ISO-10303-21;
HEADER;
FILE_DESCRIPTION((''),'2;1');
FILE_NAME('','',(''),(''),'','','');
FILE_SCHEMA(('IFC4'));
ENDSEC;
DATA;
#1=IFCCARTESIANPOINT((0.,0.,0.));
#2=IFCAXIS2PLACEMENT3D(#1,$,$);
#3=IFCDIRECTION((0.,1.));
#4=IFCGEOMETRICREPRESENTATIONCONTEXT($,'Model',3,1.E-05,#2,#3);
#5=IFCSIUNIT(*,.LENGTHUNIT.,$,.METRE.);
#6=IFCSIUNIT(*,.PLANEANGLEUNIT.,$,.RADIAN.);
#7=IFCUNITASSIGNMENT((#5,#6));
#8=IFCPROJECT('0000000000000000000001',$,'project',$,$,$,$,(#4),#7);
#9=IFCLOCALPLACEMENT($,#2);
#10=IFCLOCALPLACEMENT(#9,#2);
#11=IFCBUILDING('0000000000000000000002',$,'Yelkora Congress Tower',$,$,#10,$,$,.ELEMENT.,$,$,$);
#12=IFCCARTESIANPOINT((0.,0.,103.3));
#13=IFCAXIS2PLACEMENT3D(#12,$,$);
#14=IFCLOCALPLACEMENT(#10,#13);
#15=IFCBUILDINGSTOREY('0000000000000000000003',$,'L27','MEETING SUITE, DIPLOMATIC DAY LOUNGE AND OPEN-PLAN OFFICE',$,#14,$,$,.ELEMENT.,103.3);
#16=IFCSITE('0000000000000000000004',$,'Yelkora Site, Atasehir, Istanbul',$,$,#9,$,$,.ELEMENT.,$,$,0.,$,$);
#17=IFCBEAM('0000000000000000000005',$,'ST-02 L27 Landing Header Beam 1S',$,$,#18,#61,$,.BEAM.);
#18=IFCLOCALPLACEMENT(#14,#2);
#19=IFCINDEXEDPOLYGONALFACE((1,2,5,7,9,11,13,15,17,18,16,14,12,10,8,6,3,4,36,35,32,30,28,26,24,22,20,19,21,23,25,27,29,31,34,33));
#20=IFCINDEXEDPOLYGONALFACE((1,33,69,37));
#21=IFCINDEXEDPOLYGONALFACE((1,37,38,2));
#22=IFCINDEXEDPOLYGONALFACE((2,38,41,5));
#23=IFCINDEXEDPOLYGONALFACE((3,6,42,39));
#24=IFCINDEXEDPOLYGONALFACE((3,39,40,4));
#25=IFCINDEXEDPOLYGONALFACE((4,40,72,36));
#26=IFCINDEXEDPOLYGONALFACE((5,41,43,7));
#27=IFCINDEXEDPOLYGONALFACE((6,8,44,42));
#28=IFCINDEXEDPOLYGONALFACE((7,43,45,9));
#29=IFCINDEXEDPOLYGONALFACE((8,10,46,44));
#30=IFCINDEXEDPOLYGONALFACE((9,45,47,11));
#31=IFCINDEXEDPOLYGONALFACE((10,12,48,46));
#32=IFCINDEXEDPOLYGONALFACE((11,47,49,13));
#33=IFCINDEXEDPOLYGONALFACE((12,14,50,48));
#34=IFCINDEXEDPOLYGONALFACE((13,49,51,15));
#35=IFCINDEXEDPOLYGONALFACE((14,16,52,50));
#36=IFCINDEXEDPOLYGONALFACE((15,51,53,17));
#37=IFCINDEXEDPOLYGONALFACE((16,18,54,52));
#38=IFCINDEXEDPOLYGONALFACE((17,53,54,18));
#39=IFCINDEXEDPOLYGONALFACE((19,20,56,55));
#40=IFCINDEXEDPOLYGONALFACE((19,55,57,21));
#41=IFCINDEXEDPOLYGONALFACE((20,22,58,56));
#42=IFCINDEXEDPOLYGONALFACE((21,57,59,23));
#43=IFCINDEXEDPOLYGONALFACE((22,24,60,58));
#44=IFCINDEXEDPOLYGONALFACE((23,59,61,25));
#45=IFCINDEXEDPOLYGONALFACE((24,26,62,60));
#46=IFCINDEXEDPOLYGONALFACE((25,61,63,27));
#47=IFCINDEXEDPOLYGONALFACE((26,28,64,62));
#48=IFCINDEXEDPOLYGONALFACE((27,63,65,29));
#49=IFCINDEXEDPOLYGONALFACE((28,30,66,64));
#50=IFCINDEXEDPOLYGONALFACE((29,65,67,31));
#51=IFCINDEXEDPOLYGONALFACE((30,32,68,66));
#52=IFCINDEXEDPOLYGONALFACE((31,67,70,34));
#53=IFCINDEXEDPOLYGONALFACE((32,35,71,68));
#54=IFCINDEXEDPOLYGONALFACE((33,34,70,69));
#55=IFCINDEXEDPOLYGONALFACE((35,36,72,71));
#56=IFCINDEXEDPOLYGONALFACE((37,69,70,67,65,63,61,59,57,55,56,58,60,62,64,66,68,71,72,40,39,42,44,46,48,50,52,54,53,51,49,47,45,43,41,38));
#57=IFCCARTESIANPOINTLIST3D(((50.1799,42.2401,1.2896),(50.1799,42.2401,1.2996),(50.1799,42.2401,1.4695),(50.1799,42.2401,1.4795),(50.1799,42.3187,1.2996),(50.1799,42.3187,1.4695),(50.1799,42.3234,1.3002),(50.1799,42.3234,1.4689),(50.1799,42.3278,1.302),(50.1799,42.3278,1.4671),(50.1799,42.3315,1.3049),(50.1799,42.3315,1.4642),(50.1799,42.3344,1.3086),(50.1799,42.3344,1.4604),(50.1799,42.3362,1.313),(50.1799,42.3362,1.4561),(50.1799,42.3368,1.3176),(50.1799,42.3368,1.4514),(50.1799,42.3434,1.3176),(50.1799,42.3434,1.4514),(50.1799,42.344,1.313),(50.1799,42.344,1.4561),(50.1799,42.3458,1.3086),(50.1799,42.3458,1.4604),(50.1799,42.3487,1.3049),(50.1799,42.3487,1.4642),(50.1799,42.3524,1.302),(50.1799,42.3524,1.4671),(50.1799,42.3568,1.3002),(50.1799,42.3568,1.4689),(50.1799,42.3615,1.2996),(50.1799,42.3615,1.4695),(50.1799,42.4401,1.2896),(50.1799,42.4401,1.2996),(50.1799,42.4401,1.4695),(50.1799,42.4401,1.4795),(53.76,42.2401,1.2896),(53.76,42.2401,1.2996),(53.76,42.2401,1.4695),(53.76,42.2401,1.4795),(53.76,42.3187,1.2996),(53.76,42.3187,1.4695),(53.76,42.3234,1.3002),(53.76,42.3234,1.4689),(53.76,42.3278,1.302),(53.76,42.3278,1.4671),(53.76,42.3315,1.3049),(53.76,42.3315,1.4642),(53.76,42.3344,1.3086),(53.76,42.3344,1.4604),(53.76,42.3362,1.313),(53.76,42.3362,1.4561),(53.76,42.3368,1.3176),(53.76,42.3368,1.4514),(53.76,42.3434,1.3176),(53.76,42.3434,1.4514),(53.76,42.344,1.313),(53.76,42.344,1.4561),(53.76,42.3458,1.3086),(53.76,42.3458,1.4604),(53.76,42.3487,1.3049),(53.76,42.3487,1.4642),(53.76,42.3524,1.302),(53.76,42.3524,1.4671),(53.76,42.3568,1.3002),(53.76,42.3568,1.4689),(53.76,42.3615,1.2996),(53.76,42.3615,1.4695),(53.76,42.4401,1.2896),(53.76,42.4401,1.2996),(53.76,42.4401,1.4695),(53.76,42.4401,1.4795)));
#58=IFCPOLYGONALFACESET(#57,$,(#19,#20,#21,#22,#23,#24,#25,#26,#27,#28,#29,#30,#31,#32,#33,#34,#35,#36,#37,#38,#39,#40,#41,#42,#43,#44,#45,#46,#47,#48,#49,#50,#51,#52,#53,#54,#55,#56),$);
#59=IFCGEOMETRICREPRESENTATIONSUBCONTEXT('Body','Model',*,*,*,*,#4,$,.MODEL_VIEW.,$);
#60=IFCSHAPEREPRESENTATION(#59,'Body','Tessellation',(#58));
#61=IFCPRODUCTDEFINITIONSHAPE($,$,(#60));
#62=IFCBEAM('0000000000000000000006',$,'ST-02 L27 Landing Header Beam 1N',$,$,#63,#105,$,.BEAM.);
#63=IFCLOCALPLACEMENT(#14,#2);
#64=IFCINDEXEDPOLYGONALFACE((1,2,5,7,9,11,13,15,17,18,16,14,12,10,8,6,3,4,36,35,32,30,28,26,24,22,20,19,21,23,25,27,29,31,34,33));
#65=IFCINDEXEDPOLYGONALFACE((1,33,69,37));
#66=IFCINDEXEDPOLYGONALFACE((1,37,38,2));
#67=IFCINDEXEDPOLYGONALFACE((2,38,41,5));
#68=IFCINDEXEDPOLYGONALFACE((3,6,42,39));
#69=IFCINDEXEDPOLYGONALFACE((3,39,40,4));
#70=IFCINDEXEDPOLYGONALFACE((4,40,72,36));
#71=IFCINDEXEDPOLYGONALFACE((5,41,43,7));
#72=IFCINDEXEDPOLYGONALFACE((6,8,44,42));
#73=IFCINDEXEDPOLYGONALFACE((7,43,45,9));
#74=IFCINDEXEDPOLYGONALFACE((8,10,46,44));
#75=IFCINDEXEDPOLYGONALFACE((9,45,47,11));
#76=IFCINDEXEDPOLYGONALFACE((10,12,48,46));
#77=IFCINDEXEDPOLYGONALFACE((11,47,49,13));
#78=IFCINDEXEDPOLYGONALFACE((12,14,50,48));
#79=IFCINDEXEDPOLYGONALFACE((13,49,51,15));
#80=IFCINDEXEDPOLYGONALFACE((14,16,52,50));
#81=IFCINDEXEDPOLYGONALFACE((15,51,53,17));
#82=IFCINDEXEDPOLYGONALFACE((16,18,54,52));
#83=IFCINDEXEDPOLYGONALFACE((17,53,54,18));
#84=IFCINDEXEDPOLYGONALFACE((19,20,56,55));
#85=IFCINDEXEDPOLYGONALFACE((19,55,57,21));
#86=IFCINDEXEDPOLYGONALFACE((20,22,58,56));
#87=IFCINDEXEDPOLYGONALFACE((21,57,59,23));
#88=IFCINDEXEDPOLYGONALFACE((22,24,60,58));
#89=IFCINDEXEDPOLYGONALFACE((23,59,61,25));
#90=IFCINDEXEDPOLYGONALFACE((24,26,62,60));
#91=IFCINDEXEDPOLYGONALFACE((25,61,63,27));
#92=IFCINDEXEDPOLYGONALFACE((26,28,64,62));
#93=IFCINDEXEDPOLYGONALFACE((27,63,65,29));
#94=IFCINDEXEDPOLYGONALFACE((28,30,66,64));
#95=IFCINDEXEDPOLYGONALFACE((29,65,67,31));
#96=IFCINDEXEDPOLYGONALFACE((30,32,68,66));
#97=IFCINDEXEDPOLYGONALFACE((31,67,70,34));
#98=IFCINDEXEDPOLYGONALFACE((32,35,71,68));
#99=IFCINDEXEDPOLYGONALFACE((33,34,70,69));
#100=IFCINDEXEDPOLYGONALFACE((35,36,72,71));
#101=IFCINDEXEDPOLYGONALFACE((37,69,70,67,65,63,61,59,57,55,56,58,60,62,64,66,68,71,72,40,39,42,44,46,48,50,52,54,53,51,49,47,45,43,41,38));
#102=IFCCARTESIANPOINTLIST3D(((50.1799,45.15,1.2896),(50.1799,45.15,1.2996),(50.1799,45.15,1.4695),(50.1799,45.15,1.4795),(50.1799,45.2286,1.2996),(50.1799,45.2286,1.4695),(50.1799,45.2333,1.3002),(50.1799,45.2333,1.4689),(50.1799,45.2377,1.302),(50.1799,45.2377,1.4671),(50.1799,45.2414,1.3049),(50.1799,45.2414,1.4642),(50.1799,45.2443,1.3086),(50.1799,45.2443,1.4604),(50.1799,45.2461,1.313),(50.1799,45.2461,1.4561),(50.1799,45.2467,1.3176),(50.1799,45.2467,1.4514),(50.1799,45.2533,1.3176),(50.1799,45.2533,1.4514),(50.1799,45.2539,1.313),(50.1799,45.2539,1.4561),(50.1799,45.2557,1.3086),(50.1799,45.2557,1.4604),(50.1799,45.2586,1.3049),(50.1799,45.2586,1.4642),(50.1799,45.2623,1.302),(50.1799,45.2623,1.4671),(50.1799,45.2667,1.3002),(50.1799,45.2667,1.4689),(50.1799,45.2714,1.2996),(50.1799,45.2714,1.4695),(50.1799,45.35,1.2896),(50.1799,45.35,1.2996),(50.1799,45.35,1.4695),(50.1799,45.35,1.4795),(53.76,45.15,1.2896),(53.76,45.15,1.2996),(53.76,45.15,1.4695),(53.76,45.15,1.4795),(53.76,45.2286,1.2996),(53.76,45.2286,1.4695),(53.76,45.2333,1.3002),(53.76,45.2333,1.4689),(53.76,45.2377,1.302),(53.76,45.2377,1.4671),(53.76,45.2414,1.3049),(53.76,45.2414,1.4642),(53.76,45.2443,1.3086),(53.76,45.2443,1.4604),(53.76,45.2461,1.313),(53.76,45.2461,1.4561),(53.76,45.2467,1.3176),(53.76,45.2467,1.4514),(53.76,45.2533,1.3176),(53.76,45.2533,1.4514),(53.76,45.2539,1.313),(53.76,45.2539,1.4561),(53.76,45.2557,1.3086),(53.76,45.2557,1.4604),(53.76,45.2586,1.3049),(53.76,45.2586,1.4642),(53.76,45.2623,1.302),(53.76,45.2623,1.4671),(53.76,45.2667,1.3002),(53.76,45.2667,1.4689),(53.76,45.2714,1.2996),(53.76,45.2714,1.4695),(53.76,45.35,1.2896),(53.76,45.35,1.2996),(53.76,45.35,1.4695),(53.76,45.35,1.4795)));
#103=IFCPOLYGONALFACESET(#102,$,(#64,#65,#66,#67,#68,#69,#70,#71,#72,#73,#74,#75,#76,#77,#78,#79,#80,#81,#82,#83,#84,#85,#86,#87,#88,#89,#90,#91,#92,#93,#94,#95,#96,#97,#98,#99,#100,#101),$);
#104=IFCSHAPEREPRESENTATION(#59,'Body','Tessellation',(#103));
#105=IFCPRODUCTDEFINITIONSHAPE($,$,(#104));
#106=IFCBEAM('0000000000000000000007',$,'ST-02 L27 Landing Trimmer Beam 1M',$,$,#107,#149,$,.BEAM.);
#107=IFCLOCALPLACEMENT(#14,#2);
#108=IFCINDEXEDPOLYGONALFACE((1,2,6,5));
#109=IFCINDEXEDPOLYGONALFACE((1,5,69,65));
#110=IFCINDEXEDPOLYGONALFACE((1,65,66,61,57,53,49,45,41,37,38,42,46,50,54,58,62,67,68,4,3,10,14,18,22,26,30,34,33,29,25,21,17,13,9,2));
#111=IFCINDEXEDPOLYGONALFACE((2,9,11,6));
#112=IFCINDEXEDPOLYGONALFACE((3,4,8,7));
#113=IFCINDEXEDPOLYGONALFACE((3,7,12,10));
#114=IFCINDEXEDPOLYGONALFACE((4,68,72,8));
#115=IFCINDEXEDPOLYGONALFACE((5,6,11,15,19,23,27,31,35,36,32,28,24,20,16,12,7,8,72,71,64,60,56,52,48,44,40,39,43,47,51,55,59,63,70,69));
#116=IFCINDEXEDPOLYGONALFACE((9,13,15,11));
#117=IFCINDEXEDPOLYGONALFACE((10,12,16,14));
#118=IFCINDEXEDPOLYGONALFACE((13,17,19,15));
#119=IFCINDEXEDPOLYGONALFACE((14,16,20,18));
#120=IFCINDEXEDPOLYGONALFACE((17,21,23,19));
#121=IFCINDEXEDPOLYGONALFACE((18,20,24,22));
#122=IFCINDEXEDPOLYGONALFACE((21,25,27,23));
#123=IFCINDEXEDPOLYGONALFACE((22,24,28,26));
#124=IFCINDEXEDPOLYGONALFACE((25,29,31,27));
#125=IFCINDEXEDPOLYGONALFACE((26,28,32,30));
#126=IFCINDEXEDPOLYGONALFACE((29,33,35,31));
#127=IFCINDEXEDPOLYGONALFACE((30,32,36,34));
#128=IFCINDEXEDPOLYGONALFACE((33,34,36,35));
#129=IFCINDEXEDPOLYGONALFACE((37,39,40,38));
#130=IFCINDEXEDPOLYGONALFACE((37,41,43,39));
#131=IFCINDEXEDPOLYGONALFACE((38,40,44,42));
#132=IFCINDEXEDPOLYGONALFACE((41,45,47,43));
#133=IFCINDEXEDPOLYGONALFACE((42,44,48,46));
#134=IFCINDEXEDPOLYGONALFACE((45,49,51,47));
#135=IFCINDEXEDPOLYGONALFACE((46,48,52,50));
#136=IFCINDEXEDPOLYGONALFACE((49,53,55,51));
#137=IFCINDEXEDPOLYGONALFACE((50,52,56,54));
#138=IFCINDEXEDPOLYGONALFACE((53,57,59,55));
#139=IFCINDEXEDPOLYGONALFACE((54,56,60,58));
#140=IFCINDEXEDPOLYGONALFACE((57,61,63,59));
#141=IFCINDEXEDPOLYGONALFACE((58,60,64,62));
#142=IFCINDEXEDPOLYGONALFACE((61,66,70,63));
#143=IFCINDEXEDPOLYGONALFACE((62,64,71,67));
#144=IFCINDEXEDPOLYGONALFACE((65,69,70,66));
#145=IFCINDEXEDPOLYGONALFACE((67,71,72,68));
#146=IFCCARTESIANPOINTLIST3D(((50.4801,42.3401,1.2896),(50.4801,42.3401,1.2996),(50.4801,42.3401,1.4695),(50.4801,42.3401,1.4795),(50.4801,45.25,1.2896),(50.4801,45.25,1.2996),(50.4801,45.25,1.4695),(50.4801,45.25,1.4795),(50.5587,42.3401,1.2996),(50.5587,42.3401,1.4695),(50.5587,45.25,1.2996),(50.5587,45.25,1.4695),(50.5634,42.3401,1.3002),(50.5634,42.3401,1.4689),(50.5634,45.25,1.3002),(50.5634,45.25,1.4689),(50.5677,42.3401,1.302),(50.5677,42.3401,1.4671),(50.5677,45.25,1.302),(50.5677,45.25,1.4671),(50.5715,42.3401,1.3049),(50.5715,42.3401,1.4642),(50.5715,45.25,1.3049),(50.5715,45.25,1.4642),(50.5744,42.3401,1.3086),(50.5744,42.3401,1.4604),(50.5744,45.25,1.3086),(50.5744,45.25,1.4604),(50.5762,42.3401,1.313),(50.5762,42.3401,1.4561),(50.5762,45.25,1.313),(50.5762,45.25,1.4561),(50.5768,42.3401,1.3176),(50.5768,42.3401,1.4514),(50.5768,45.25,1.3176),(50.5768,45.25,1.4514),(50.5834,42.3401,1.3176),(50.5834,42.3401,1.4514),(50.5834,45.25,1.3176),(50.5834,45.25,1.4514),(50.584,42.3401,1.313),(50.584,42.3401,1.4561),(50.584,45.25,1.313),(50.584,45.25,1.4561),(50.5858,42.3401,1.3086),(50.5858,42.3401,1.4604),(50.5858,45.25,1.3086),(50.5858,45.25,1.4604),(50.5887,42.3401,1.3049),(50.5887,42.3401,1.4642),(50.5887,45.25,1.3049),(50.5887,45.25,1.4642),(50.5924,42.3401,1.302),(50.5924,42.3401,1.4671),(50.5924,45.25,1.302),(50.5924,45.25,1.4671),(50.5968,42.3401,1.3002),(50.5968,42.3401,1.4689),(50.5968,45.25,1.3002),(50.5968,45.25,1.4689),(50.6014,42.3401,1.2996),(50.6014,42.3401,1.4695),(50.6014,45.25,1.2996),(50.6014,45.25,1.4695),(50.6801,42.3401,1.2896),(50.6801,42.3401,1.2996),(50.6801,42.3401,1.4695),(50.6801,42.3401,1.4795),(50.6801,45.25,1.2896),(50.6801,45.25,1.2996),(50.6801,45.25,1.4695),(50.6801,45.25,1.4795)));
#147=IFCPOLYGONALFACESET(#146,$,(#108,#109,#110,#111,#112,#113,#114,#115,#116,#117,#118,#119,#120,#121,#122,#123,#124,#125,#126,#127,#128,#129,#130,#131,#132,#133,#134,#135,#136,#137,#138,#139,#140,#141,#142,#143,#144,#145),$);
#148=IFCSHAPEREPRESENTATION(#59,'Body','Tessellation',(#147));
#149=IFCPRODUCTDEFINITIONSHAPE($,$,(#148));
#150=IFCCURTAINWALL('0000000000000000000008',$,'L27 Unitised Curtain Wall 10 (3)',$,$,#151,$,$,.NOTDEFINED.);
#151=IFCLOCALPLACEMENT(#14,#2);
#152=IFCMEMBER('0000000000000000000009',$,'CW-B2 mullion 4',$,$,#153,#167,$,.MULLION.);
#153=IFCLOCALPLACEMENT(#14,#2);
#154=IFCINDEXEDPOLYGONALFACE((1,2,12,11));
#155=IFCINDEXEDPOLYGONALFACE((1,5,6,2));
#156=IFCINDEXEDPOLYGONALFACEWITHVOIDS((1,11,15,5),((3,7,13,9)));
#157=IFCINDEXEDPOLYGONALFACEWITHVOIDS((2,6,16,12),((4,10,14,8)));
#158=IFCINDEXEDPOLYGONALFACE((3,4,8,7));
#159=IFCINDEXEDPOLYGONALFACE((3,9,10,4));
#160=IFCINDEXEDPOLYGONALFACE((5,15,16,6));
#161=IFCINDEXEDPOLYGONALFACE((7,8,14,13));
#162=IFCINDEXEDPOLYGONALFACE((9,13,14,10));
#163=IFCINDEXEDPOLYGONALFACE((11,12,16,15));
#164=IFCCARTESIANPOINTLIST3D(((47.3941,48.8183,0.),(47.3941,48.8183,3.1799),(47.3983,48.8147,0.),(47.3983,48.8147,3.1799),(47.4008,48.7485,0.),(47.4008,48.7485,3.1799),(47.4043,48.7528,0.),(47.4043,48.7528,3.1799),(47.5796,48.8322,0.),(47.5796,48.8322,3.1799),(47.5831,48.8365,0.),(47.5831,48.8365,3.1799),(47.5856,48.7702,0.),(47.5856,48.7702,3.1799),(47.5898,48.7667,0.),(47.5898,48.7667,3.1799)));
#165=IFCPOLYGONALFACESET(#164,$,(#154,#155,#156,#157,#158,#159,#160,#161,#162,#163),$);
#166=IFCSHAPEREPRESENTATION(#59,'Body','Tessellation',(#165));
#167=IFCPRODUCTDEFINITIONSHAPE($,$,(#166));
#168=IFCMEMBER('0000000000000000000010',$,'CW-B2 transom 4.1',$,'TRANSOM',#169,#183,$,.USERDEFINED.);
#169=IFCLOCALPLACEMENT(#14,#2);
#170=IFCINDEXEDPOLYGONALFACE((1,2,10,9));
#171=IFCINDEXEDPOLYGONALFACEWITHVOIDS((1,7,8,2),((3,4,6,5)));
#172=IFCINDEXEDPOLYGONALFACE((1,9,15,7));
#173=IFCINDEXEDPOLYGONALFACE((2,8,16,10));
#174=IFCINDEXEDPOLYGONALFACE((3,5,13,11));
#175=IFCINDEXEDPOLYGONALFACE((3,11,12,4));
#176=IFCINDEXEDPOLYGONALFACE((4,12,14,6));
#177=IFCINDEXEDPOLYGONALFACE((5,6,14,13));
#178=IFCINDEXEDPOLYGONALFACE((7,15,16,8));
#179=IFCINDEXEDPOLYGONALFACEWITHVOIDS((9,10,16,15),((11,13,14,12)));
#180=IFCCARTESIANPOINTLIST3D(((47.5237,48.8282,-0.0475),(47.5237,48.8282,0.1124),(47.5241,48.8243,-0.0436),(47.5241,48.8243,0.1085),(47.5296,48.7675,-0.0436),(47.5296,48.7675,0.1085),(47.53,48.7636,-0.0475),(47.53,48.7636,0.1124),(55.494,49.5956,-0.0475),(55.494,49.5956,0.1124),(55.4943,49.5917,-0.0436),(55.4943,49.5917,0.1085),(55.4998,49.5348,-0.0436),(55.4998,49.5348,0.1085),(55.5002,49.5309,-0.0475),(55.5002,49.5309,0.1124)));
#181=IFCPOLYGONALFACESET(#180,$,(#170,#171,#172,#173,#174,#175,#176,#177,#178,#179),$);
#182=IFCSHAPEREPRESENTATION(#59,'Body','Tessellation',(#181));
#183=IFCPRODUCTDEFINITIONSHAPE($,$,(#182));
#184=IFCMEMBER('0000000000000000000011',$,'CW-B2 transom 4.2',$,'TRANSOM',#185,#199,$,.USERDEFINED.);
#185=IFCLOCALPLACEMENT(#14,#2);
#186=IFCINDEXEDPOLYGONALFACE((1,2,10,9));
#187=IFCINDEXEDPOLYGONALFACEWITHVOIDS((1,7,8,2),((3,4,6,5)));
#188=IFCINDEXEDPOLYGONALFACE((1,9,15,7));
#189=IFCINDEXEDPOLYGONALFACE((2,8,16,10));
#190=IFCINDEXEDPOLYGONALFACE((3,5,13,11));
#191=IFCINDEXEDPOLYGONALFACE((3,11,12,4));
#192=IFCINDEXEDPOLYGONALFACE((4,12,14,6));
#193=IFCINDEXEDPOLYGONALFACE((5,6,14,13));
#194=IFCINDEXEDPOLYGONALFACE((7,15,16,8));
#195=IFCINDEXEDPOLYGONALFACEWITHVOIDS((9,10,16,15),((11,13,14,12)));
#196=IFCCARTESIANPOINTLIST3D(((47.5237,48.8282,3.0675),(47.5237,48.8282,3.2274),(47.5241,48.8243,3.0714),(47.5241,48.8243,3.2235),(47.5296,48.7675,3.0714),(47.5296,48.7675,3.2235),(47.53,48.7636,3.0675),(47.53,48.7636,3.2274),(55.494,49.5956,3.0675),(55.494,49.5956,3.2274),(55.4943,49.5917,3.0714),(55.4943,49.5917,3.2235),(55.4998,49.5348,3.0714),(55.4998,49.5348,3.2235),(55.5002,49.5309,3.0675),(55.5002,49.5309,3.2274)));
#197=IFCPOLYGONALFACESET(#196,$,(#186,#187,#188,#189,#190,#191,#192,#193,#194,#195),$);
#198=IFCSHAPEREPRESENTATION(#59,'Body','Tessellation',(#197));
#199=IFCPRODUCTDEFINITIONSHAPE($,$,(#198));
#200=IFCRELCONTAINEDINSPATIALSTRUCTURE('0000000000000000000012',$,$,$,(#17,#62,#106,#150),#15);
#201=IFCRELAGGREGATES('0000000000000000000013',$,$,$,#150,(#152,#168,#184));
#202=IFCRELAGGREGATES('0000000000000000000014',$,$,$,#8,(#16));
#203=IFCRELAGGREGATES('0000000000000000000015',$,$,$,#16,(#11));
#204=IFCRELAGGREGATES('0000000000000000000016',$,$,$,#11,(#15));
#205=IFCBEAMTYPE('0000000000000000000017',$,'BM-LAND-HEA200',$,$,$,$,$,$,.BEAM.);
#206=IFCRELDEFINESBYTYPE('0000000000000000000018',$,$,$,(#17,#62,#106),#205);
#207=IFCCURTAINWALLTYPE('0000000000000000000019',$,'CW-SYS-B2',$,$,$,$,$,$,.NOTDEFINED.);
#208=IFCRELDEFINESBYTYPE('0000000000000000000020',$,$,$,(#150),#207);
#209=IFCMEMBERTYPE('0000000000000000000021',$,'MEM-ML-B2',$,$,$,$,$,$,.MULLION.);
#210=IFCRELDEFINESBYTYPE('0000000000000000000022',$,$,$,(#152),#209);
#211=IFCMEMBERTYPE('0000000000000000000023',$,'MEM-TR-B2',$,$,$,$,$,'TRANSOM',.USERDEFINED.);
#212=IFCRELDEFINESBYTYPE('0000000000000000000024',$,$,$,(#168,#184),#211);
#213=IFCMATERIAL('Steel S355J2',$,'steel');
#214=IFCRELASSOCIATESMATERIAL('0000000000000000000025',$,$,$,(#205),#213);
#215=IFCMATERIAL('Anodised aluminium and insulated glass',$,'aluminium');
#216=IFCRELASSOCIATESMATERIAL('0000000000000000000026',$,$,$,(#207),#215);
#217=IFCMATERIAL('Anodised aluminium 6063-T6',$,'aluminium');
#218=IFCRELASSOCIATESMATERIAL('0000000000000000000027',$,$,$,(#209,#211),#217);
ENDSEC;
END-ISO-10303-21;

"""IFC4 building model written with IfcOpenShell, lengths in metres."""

from ifc_helpers import new_model, si_unit, direction, frame, origin, origin_2d, place, context, subcontext, project, spatial, hollow_rectangle, i_section, extrude, material, material_profile, profile_set, type_object, element, aggregate, save


model = new_model("IFC4")

# Units and contexts
model_context = context("Model", 3, precision=1e-05, world=origin(), true_north=direction((0.0, 1.0)))
body_context = subcontext(model_context, "Body", "Model", "MODEL_VIEW")
ifc_project = project(units=[si_unit("LENGTHUNIT", "METRE"), si_unit("PLANEANGLEUNIT", "RADIAN")], contexts=[model_context])

# Site, building, storey
site_placement = place(None, origin())
site = spatial("IfcSite", under=ifc_project, at=site_placement, Name="Yelkora Site, Atasehir, Istanbul", CompositionType="ELEMENT", RefElevation=0.0)
building_placement = place(site_placement, origin())
building = spatial("IfcBuilding", under=site, at=building_placement, Name="Yelkora Congress Tower", CompositionType="ELEMENT")
storey_placement = place(building_placement, frame((0.0, 0.0, 103.3)))
storey = spatial("IfcBuildingStorey", under=building, at=storey_placement, Name="L27", Description="MEETING SUITE, DIPLOMATIC DAY LOUNGE AND OPEN-PLAN OFFICE", CompositionType="ELEMENT", Elevation=103.3)

# Beams
ifc_material_1 = material(Name="Steel S355J2", Category="steel")
ifc_material_profile_1 = material_profile(ifc_material_1, i_section(OverallWidth=0.2, OverallDepth=0.1899, WebThickness=0.0066, FlangeThickness=0.01, FilletRadius=0.0181, at=origin_2d()), Name="HEA 200")
ifc_profile_set_1 = profile_set([ifc_material_profile_1], Name="Steel S355J2")
beam_type_1 = type_object("IfcBeamType", Name="BM-LAND-HEA200", PredefinedType="BEAM", material=ifc_profile_set_1)
for number, where, z_axis, x_axis, name in (
    (1, (50.1799, 42.3401, 1.3845), (1.0, 0.0, 0.0), (0.0, 1.0, 0.0), "ST-02 L27 Landing Header Beam 1S"),
    (2, (50.1799, 45.25, 1.3845), (1.0, 0.0, 0.0), (0.0, 1.0, 0.0), "ST-02 L27 Landing Header Beam 1N"),
):
    element("IfcBeam", number, at=place(storey_placement, frame(where, z_axis=z_axis, x_axis=x_axis)), inside=storey, type_object=beam_type_1, Name=name, PredefinedType="BEAM", context=body_context, shape_type="SweptSolid", body=[
        extrude(i_section(OverallWidth=0.2, OverallDepth=0.1899, WebThickness=0.0066, FlangeThickness=0.01, FilletRadius=0.0181, at=origin_2d()), origin(), (0.0, 0.0, 1.0), 3.5801),
    ])
beam_1_placement = place(storey_placement, frame((50.5801, 42.3401, 1.3845), z_axis=(0.0, 1.0, 0.0), x_axis=(-1.0, 0.0, 0.0)))
element("IfcBeam", 3, at=beam_1_placement, inside=storey, type_object=beam_type_1, Name="ST-02 L27 Landing Trimmer Beam 1M", PredefinedType="BEAM", context=body_context, shape_type="SweptSolid", body=[
    extrude(i_section(OverallWidth=0.2, OverallDepth=0.1899, WebThickness=0.0066, FlangeThickness=0.01, FilletRadius=0.0181, at=origin_2d()), origin(), (0.0, 0.0, 1.0), 2.9099),
])

# Curtain wall, members
ifc_material_2 = material(Name="Anodised aluminium and insulated glass", Category="aluminium")
curtain_wall_type = type_object("IfcCurtainWallType", Name="CW-SYS-B2", PredefinedType="NOTDEFINED", material=ifc_material_2)
curtain_wall_placement = place(storey_placement, origin())
curtain_wall = element("IfcCurtainWall", 4, at=curtain_wall_placement, inside=storey, type_object=curtain_wall_type, Name="L27 Unitised Curtain Wall 10 (3)", PredefinedType="NOTDEFINED")
ifc_material_3 = material(Name="Anodised aluminium 6063-T6", Category="aluminium")
ifc_material_profile_2 = material_profile(ifc_material_3, hollow_rectangle(XDim=0.0701, YDim=0.1899, WallThickness=0.0039, at=origin_2d()), Name="ALU 70x190x4")
ifc_profile_set_2 = profile_set([ifc_material_profile_2], Name="Anodised aluminium 6063-T6")
member_type_1 = type_object("IfcMemberType", Name="MEM-ML-B2", PredefinedType="MULLION", material=ifc_profile_set_2)
member_1_placement = place(storey_placement, frame((47.4919, 48.7925, 0.0), z_axis=(0.0, 0.0, 1.0), x_axis=(-0.095844, 0.995396, 0.0)))
member_1 = element("IfcMember", 5, at=member_1_placement, type_object=member_type_1, Name="CW-B2 mullion 4", PredefinedType="MULLION", context=body_context, shape_type="SweptSolid", body=[
    extrude(hollow_rectangle(XDim=0.0701, YDim=0.1899, WallThickness=0.0039, at=origin_2d()), origin(), (0.0, 0.0, 1.0), 3.1799),
])
ifc_material_profile_3 = material_profile(ifc_material_3, hollow_rectangle(XDim=0.0649, YDim=0.1599, WallThickness=0.0039, at=origin_2d()), Name="ALU 65x160x4")
ifc_profile_set_3 = profile_set([ifc_material_profile_3], Name="Anodised aluminium 6063-T6")
member_type_2 = type_object("IfcMemberType", Name="MEM-TR-B2", ElementType="TRANSOM", PredefinedType="USERDEFINED", material=ifc_profile_set_3)
member_2_placement = place(storey_placement, frame((47.5269, 48.7959, 0.0325), z_axis=(0.995398, 0.095832, 0.0), x_axis=(-0.095832, 0.995398, 0.0)))
member_2 = element("IfcMember", 6, at=member_2_placement, type_object=member_type_2, Name="CW-B2 transom 4.1", ObjectType="TRANSOM", PredefinedType="USERDEFINED", context=body_context, shape_type="SweptSolid", body=[
    extrude(hollow_rectangle(XDim=0.0649, YDim=0.1599, WallThickness=0.0039, at=origin_2d()), origin(), (0.0, 0.0, 1.0), 8.0071),
])
member_3_placement = place(storey_placement, frame((47.5269, 48.7959, 3.1475), z_axis=(0.995398, 0.095832, 0.0), x_axis=(-0.095832, 0.995398, 0.0)))
member_3 = element("IfcMember", 7, at=member_3_placement, type_object=member_type_2, Name="CW-B2 transom 4.2", ObjectType="TRANSOM", PredefinedType="USERDEFINED", context=body_context, shape_type="SweptSolid", body=[
    extrude(hollow_rectangle(XDim=0.0649, YDim=0.1599, WallThickness=0.0039, at=origin_2d()), origin(), (0.0, 0.0, 1.0), 8.0071),
])
aggregate(curtain_wall, [member_1, member_2, member_3])

save(model, "model.ifc")
